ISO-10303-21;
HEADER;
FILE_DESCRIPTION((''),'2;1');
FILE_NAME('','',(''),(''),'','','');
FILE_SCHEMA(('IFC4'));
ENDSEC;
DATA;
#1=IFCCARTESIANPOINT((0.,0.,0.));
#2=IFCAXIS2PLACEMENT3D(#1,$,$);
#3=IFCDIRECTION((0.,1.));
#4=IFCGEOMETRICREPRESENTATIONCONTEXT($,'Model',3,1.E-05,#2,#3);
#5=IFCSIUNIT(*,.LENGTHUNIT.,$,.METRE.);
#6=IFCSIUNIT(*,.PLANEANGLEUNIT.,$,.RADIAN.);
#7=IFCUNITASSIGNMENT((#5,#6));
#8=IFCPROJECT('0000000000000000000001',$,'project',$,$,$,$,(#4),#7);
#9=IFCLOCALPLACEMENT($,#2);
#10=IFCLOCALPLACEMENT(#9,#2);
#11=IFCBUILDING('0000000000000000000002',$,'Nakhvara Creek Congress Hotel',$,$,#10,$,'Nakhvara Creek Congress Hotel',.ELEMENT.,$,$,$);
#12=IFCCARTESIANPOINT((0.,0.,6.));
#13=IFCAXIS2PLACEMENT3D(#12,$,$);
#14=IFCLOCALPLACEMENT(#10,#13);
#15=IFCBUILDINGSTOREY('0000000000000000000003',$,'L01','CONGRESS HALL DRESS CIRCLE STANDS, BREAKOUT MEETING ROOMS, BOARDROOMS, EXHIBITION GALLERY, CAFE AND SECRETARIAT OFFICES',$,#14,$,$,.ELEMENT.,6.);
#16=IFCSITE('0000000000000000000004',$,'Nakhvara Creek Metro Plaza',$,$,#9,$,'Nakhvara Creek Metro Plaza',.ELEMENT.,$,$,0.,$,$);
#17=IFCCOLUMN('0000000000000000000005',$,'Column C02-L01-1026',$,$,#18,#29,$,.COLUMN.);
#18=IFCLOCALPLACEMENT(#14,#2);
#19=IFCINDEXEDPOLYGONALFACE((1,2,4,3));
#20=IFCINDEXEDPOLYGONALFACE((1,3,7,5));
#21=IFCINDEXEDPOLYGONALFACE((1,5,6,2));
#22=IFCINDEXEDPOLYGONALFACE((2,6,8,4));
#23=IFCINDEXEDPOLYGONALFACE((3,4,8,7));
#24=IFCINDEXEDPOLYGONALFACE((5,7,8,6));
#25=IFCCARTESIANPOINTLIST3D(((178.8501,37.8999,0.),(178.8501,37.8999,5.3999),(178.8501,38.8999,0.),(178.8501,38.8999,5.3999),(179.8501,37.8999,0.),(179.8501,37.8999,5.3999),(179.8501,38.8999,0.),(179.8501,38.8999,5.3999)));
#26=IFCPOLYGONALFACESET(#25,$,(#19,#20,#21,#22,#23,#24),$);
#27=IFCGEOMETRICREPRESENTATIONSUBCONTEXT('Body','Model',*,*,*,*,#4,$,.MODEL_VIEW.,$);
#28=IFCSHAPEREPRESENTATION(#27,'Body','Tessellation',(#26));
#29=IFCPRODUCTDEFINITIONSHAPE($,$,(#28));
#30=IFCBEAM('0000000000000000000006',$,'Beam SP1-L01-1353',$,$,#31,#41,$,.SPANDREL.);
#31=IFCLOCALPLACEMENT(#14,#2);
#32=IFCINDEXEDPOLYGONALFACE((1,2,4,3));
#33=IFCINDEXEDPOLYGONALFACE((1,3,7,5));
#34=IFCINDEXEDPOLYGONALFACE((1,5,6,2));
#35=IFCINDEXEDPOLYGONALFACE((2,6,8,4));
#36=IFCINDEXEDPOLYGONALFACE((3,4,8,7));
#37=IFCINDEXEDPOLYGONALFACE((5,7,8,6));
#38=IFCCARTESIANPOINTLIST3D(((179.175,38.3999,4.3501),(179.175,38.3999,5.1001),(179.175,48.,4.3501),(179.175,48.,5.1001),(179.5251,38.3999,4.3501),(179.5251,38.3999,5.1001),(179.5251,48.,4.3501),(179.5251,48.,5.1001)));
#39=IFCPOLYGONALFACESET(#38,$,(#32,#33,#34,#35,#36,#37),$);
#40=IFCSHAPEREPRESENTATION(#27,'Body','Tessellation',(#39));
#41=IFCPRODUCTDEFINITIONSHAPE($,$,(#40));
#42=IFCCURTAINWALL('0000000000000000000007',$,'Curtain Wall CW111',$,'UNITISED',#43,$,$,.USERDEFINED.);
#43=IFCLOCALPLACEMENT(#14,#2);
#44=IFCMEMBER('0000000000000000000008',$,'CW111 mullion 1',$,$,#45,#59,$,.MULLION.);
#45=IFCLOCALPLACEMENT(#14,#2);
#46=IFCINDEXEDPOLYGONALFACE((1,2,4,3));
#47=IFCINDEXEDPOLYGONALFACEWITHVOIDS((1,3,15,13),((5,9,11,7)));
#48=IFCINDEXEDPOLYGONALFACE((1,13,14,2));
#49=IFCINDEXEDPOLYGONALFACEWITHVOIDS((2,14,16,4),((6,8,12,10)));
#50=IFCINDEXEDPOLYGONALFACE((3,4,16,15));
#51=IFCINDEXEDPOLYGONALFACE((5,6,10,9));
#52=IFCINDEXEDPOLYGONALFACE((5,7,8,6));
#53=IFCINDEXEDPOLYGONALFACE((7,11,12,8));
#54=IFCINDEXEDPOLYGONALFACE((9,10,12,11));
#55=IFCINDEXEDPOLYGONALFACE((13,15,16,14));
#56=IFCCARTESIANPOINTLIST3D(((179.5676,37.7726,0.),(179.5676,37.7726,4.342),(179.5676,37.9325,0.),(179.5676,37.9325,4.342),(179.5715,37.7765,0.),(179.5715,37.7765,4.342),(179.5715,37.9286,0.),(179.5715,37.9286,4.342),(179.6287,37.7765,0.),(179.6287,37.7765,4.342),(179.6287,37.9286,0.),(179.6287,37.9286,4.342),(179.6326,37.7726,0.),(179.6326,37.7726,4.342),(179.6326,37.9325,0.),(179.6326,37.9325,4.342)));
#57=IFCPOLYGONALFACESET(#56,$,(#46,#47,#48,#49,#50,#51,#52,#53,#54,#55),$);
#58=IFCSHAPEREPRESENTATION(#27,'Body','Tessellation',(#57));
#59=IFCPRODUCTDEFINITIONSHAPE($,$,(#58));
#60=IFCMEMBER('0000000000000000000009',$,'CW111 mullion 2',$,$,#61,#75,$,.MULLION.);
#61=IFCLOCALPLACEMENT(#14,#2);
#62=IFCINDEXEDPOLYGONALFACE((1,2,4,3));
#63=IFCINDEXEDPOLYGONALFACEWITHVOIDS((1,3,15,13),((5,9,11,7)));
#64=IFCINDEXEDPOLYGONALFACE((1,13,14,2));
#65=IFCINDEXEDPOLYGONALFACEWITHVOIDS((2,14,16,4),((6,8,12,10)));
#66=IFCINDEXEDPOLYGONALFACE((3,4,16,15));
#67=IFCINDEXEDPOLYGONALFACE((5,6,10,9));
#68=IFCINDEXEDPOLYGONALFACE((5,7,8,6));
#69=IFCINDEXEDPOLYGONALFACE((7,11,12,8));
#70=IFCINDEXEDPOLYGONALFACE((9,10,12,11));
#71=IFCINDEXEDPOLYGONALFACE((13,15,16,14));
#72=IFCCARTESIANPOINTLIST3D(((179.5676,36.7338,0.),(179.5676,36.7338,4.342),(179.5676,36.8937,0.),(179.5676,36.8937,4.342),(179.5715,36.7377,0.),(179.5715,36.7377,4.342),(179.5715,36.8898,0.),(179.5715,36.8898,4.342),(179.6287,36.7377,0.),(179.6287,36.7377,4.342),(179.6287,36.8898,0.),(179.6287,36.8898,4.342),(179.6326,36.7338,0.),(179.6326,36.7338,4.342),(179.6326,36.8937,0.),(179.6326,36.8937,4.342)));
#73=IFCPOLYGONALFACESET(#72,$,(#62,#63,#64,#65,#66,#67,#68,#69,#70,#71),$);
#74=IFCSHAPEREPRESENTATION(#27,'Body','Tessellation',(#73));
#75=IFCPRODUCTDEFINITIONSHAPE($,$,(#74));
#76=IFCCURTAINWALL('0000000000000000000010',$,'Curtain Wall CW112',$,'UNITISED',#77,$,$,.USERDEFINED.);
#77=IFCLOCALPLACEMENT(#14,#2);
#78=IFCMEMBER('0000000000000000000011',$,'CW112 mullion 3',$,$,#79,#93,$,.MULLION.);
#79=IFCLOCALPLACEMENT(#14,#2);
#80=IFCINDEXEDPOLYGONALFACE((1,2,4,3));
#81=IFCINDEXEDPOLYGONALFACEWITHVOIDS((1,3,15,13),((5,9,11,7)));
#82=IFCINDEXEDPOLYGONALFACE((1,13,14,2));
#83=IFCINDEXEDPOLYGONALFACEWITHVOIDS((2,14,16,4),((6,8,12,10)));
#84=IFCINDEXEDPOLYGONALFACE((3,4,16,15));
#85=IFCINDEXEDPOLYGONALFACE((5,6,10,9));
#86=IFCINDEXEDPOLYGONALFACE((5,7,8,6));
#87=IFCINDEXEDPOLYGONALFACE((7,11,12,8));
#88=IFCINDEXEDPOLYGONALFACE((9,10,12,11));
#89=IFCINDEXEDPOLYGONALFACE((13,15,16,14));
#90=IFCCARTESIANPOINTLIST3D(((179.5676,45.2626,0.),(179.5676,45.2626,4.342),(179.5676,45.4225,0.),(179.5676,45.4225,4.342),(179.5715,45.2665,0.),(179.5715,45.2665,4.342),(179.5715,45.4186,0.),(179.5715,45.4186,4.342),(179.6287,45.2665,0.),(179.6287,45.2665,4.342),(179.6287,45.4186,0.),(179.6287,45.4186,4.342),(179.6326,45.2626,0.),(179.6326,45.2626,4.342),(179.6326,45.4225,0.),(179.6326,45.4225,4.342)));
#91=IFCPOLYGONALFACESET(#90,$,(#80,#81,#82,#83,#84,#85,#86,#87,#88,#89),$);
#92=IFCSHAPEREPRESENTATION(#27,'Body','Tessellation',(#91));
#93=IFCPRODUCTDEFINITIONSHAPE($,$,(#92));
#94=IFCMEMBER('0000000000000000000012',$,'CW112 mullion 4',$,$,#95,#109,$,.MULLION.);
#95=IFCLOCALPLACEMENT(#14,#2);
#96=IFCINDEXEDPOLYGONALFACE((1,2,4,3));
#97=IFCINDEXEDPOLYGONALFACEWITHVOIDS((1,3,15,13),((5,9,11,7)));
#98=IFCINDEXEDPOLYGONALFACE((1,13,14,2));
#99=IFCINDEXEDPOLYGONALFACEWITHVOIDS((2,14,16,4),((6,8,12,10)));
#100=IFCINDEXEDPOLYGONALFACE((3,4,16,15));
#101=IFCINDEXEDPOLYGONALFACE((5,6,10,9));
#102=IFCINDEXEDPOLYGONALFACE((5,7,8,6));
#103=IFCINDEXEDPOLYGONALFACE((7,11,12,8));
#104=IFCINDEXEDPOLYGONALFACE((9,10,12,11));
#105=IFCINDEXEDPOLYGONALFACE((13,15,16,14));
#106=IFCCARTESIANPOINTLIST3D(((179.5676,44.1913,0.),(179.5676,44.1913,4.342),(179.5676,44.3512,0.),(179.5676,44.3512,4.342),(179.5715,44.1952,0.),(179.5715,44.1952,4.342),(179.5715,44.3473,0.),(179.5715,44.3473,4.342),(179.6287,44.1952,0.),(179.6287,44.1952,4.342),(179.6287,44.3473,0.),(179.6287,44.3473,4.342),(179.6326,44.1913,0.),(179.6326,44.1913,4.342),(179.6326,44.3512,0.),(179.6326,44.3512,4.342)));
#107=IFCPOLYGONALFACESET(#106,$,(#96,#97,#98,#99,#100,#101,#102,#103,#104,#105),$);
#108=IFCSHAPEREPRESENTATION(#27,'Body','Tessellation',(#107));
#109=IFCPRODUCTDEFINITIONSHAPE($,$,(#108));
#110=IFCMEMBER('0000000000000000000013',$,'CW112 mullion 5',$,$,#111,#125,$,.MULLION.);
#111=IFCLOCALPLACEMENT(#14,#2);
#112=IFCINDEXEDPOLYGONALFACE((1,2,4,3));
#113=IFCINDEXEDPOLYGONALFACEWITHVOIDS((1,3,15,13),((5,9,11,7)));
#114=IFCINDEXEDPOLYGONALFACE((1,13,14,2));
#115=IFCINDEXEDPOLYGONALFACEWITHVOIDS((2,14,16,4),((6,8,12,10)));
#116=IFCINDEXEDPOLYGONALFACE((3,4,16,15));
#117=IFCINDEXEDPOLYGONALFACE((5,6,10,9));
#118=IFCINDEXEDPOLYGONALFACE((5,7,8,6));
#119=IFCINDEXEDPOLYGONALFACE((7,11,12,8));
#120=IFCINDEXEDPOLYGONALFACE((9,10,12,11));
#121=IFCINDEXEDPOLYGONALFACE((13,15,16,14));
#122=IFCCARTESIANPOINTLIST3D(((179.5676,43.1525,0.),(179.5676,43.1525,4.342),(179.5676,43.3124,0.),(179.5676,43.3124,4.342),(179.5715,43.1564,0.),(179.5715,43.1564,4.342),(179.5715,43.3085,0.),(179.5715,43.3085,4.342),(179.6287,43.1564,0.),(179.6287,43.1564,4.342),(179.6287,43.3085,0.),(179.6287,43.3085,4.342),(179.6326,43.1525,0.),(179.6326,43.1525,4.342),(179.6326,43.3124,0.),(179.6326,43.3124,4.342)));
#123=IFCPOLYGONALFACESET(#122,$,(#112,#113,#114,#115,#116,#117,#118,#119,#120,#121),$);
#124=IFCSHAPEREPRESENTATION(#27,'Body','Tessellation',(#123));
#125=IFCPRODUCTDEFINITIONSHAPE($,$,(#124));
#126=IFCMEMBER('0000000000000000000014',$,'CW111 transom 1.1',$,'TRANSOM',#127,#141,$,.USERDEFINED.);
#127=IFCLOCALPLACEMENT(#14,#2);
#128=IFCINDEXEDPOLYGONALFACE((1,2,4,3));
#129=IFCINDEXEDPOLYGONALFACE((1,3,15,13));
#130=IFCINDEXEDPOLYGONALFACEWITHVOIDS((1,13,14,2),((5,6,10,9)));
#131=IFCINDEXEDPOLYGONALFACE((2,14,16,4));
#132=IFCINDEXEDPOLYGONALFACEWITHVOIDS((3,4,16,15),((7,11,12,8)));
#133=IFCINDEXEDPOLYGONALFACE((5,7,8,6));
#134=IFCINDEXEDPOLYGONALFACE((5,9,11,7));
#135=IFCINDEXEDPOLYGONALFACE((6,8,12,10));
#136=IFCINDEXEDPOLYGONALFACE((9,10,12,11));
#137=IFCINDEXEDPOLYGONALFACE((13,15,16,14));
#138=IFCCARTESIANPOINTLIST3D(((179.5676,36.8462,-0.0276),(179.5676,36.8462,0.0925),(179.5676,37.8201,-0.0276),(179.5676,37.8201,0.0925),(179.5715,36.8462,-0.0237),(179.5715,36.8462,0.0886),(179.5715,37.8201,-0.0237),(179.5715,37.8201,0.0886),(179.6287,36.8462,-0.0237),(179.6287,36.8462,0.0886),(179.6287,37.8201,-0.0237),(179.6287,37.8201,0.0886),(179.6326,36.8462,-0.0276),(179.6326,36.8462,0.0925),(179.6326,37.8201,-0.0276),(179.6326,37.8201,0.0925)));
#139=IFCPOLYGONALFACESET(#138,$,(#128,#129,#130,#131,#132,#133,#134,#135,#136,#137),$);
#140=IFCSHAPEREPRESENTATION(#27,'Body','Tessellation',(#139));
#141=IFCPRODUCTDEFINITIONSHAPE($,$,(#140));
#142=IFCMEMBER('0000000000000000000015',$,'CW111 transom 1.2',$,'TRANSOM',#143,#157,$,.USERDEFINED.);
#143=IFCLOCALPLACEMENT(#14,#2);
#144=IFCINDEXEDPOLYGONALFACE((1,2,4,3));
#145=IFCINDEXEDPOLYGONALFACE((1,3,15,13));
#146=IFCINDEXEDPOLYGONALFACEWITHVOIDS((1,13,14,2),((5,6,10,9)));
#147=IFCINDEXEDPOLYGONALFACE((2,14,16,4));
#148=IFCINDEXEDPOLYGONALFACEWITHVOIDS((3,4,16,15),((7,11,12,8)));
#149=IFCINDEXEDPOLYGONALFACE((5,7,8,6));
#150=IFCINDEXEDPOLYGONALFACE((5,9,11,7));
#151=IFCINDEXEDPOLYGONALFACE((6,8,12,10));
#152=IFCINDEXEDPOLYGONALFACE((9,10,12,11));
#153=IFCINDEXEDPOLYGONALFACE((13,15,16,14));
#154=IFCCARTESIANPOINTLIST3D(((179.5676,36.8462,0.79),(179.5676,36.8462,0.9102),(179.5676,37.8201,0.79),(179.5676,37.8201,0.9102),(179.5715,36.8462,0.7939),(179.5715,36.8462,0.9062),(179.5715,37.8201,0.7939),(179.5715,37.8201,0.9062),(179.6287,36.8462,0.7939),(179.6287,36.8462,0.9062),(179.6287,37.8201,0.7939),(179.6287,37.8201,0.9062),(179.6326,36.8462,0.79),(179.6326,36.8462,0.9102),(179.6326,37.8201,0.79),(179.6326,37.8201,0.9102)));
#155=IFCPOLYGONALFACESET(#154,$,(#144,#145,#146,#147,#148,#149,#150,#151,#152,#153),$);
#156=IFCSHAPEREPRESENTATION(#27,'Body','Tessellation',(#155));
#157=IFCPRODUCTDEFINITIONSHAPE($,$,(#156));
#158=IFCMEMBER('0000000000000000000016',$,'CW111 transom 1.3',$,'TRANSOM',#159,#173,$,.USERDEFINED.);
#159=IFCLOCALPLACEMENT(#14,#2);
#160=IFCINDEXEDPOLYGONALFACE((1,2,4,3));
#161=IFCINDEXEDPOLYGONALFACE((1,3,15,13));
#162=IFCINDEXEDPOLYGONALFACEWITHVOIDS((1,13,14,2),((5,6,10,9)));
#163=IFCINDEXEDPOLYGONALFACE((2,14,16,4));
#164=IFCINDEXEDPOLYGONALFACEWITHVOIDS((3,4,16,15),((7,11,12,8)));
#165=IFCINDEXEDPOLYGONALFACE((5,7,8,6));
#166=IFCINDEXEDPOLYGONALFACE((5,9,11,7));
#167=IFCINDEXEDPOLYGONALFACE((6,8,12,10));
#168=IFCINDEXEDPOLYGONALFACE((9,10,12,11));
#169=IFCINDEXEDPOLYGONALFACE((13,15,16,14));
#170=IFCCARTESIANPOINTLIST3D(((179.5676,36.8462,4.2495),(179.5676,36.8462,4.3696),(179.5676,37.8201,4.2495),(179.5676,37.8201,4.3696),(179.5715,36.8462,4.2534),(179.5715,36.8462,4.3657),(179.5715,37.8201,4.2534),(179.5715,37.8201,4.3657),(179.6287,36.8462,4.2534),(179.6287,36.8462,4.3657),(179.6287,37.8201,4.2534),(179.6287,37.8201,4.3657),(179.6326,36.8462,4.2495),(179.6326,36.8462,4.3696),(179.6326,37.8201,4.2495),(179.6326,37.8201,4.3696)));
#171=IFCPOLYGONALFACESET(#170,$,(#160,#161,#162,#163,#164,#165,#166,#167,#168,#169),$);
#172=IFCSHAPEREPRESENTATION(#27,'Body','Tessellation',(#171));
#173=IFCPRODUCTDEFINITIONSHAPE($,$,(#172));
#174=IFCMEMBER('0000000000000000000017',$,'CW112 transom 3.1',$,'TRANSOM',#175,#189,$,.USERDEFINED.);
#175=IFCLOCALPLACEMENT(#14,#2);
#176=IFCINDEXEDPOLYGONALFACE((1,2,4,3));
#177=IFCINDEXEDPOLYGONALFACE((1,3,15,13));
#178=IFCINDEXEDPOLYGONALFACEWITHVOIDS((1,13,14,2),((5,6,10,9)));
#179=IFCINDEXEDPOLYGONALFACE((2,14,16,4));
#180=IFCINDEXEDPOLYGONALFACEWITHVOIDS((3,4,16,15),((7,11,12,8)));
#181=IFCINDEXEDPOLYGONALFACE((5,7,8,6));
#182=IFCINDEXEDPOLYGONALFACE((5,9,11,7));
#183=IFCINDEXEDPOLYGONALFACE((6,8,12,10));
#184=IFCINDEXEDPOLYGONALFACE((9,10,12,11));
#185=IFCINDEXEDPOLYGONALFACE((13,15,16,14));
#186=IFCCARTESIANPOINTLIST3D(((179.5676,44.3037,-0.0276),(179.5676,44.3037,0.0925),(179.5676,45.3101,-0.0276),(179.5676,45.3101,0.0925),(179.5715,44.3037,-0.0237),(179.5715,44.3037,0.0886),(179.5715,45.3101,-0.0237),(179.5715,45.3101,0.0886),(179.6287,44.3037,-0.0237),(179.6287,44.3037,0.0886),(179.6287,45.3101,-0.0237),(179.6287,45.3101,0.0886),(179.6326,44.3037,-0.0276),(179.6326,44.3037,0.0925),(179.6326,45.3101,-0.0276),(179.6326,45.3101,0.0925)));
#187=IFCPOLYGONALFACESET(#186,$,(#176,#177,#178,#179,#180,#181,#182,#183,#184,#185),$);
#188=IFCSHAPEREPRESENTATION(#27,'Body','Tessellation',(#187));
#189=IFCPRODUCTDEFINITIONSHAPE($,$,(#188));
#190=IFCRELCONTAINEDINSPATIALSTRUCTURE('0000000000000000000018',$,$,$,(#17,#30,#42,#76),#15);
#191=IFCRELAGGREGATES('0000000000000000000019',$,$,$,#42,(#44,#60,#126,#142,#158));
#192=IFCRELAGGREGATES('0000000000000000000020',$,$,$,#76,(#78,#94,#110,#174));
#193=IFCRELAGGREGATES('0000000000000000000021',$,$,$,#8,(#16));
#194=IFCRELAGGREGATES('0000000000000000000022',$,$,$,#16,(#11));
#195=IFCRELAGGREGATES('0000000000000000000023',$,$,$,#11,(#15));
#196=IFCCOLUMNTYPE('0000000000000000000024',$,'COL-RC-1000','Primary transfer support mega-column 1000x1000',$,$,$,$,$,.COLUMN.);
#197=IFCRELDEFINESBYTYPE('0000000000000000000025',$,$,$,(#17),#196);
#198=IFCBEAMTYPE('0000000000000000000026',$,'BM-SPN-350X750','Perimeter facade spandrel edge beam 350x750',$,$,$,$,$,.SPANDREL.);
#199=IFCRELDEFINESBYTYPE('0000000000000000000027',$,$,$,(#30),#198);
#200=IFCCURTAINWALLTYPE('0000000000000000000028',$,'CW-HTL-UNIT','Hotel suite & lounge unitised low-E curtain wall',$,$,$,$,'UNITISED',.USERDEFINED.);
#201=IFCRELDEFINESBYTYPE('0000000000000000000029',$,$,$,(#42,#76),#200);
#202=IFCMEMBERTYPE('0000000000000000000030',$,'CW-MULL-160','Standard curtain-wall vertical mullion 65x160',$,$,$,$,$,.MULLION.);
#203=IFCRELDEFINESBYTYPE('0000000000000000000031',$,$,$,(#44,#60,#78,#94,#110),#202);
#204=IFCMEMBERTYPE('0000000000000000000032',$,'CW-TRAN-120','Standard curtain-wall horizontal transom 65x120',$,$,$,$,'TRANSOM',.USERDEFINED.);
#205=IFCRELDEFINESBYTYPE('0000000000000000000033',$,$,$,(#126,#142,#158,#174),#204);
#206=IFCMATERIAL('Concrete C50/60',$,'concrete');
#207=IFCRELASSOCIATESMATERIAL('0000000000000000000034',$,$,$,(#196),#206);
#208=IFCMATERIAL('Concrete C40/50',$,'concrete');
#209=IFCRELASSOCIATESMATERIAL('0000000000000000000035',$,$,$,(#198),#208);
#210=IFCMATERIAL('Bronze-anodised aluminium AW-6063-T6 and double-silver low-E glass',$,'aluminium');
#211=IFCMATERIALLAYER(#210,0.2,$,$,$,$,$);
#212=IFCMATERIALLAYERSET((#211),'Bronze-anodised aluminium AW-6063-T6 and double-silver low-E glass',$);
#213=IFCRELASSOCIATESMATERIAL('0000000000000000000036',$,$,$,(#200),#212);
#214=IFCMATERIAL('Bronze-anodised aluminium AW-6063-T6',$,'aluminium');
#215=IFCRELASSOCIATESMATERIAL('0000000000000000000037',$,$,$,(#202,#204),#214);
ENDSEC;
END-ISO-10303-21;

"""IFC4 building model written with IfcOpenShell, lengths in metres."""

from ifc_helpers import new_model, si_unit, direction, frame, origin, origin_2d, place, context, subcontext, project, spatial, rectangle, hollow_rectangle, extrude, material, layer, layer_set, material_profile, profile_set, type_object, element, aggregate, save


model = new_model("IFC4")

# Units and contexts
model_context = context("Model", 3, precision=1e-05, world=origin(), true_north=direction((0.0, 1.0)))
body_context = subcontext(model_context, "Body", "Model", "MODEL_VIEW")
ifc_project = project(units=[si_unit("LENGTHUNIT", "METRE"), si_unit("PLANEANGLEUNIT", "RADIAN")], contexts=[model_context])

# Site, building, storey
site_placement = place(None, origin())
site = spatial("IfcSite", under=ifc_project, at=site_placement, Name="Nakhvara Creek Metro Plaza", LongName="Nakhvara Creek Metro Plaza", CompositionType="ELEMENT", RefElevation=0.0)
building_placement = place(site_placement, origin())
building = spatial("IfcBuilding", under=site, at=building_placement, Name="Nakhvara Creek Congress Hotel", LongName="Nakhvara Creek Congress Hotel", CompositionType="ELEMENT")
storey_placement = place(building_placement, frame((0.0, 0.0, 6.0)))
storey = spatial("IfcBuildingStorey", under=building, at=storey_placement, Name="L01", Description="CONGRESS HALL DRESS CIRCLE STANDS, BREAKOUT MEETING ROOMS, BOARDROOMS, EXHIBITION GALLERY, CAFE AND SECRETARIAT OFFICES", CompositionType="ELEMENT", Elevation=6.0)

# Column
ifc_material_1 = material(Name="Concrete C50/60", Category="concrete")
ifc_material_profile_1 = material_profile(ifc_material_1, rectangle(XDim=1.0, YDim=1.0, at=origin_2d()), Name="RC-COL 1000x1000", Category="LoadBearing")
ifc_profile_set_1 = profile_set([ifc_material_profile_1], Name="Concrete C50/60")
column_type = type_object("IfcColumnType", Name="COL-RC-1000", Description="Primary transfer support mega-column 1000x1000", PredefinedType="COLUMN", material=ifc_profile_set_1)
column_placement = place(storey_placement, frame((179.3501, 38.3999, 0.0), z_axis=(0.0, 0.0, 1.0), x_axis=(1.0, 0.0, 0.0)))
element("IfcColumn", 1, at=column_placement, inside=storey, type_object=column_type, Name="Column C02-L01-1026", PredefinedType="COLUMN", context=body_context, shape_type="SweptSolid", body=[
    extrude(rectangle(XDim=1.0, YDim=1.0, at=origin_2d()), origin(), (0.0, 0.0, 1.0), 5.3999),
])

# Beam
ifc_material_2 = material(Name="Concrete C40/50", Category="concrete")
ifc_material_profile_2 = material_profile(ifc_material_2, rectangle(XDim=0.3501, YDim=0.75, at=origin_2d()), Name="RC-SPANDREL 350x750", Category="LoadBearing")
ifc_profile_set_2 = profile_set([ifc_material_profile_2], Name="Concrete C40/50")
beam_type = type_object("IfcBeamType", Name="BM-SPN-350X750", Description="Perimeter facade spandrel edge beam 350x750", PredefinedType="SPANDREL", material=ifc_profile_set_2)
beam_placement = place(storey_placement, frame((179.3501, 38.3999, 4.7251), z_axis=(0.0, 1.0, 0.0), x_axis=(-1.0, 0.0, 0.0)))
element("IfcBeam", 2, at=beam_placement, inside=storey, type_object=beam_type, Name="Beam SP1-L01-1353", PredefinedType="SPANDREL", context=body_context, shape_type="SweptSolid", body=[
    extrude(rectangle(XDim=0.3501, YDim=0.75, at=origin_2d()), origin(), (0.0, 0.0, 1.0), 9.6001),
])

# Curtain walls, members
ifc_material_3 = material(Name="Bronze-anodised aluminium AW-6063-T6 and double-silver low-E glass", Category="aluminium")
ifc_layer_1 = layer(ifc_material_3, 0.2)
ifc_layer_set_1 = layer_set([ifc_layer_1], Name="Bronze-anodised aluminium AW-6063-T6 and double-silver low-E glass")
curtain_wall_type = type_object("IfcCurtainWallType", Name="CW-HTL-UNIT", Description="Hotel suite & lounge unitised low-E curtain wall", ElementType="UNITISED", PredefinedType="USERDEFINED", material=ifc_layer_set_1)
curtain_wall_1_placement = place(storey_placement, origin())
curtain_wall_1 = element("IfcCurtainWall", 3, at=curtain_wall_1_placement, inside=storey, type_object=curtain_wall_type, Name="Curtain Wall CW111", ObjectType="UNITISED", PredefinedType="USERDEFINED")
ifc_material_4 = material(Name="Bronze-anodised aluminium AW-6063-T6", Category="aluminium")
ifc_material_profile_3 = material_profile(ifc_material_4, hollow_rectangle(XDim=0.0649, YDim=0.1599, WallThickness=0.0039, at=origin_2d()), Name="ALU-MULL 65x160x4", Category="LoadBearing")
ifc_profile_set_3 = profile_set([ifc_material_profile_3], Name="Bronze-anodised aluminium AW-6063-T6")
member_type_1 = type_object("IfcMemberType", Name="CW-MULL-160", Description="Standard curtain-wall vertical mullion 65x160", PredefinedType="MULLION", material=ifc_profile_set_3)
member_1_placement = place(storey_placement, frame((179.6001, 37.8525, 0.0), z_axis=(0.0, 0.0, 1.0), x_axis=(1.0, 0.0, 0.0)))
member_1 = element("IfcMember", 4, at=member_1_placement, type_object=member_type_1, Name="CW111 mullion 1", PredefinedType="MULLION", context=body_context, shape_type="SweptSolid", body=[
    extrude(hollow_rectangle(XDim=0.0649, YDim=0.1599, WallThickness=0.0039, at=origin_2d()), origin(), (0.0, 0.0, 1.0), 4.342),
])
member_2_placement = place(storey_placement, frame((179.6001, 36.8137, 0.0), z_axis=(0.0, 0.0, 1.0), x_axis=(1.0, 0.0, 0.0)))
member_2 = element("IfcMember", 5, at=member_2_placement, type_object=member_type_1, Name="CW111 mullion 2", PredefinedType="MULLION", context=body_context, shape_type="SweptSolid", body=[
    extrude(hollow_rectangle(XDim=0.0649, YDim=0.1599, WallThickness=0.0039, at=origin_2d()), origin(), (0.0, 0.0, 1.0), 4.342),
])
curtain_wall_2_placement = place(storey_placement, origin())
curtain_wall_2 = element("IfcCurtainWall", 6, at=curtain_wall_2_placement, inside=storey, type_object=curtain_wall_type, Name="Curtain Wall CW112", ObjectType="UNITISED", PredefinedType="USERDEFINED")
member_3_placement = place(storey_placement, frame((179.6001, 45.3425, 0.0), z_axis=(0.0, 0.0, 1.0), x_axis=(1.0, 0.0, 0.0)))
member_3 = element("IfcMember", 7, at=member_3_placement, type_object=member_type_1, Name="CW112 mullion 3", PredefinedType="MULLION", context=body_context, shape_type="SweptSolid", body=[
    extrude(hollow_rectangle(XDim=0.0649, YDim=0.1599, WallThickness=0.0039, at=origin_2d()), origin(), (0.0, 0.0, 1.0), 4.342),
])
member_4_placement = place(storey_placement, frame((179.6001, 44.2712, 0.0), z_axis=(0.0, 0.0, 1.0), x_axis=(1.0, 0.0, 0.0)))
member_4 = element("IfcMember", 8, at=member_4_placement, type_object=member_type_1, Name="CW112 mullion 4", PredefinedType="MULLION", context=body_context, shape_type="SweptSolid", body=[
    extrude(hollow_rectangle(XDim=0.0649, YDim=0.1599, WallThickness=0.0039, at=origin_2d()), origin(), (0.0, 0.0, 1.0), 4.342),
])
member_5_placement = place(storey_placement, frame((179.6001, 43.2324, 0.0), z_axis=(0.0, 0.0, 1.0), x_axis=(1.0, 0.0, 0.0)))
member_5 = element("IfcMember", 9, at=member_5_placement, type_object=member_type_1, Name="CW112 mullion 5", PredefinedType="MULLION", context=body_context, shape_type="SweptSolid", body=[
    extrude(hollow_rectangle(XDim=0.0649, YDim=0.1599, WallThickness=0.0039, at=origin_2d()), origin(), (0.0, 0.0, 1.0), 4.342),
])

# Members
ifc_material_profile_4 = material_profile(ifc_material_4, hollow_rectangle(XDim=0.0649, YDim=0.1201, WallThickness=0.0039, at=origin_2d()), Name="ALU-TRAN 65x120x4", Category="LoadBearing")
ifc_profile_set_4 = profile_set([ifc_material_profile_4], Name="Bronze-anodised aluminium AW-6063-T6")
member_type_2 = type_object("IfcMemberType", Name="CW-TRAN-120", Description="Standard curtain-wall horizontal transom 65x120", ElementType="TRANSOM", PredefinedType="USERDEFINED", material=ifc_profile_set_4)
member_6_placement = place(storey_placement, frame((179.6001, 37.8201, 0.0325), z_axis=(0.0, -1.0, 0.0), x_axis=(1.0, 0.0, 0.0)))
member_6 = element("IfcMember", 10, at=member_6_placement, type_object=member_type_2, Name="CW111 transom 1.1", ObjectType="TRANSOM", PredefinedType="USERDEFINED", context=body_context, shape_type="SweptSolid", body=[
    extrude(hollow_rectangle(XDim=0.0649, YDim=0.1201, WallThickness=0.0039, at=origin_2d()), origin(), (0.0, 0.0, 1.0), 0.9739),
])
member_7_placement = place(storey_placement, frame((179.6001, 37.8201, 0.8501), z_axis=(0.0, -1.0, 0.0), x_axis=(1.0, 0.0, 0.0)))
member_7 = element("IfcMember", 11, at=member_7_placement, type_object=member_type_2, Name="CW111 transom 1.2", ObjectType="TRANSOM", PredefinedType="USERDEFINED", context=body_context, shape_type="SweptSolid", body=[
    extrude(hollow_rectangle(XDim=0.0649, YDim=0.1201, WallThickness=0.0039, at=origin_2d()), origin(), (0.0, 0.0, 1.0), 0.9739),
])
member_8_placement = place(storey_placement, frame((179.6001, 37.8201, 4.3096), z_axis=(0.0, -1.0, 0.0), x_axis=(1.0, 0.0, 0.0)))
member_8 = element("IfcMember", 12, at=member_8_placement, type_object=member_type_2, Name="CW111 transom 1.3", ObjectType="TRANSOM", PredefinedType="USERDEFINED", context=body_context, shape_type="SweptSolid", body=[
    extrude(hollow_rectangle(XDim=0.0649, YDim=0.1201, WallThickness=0.0039, at=origin_2d()), origin(), (0.0, 0.0, 1.0), 0.9739),
])
member_9_placement = place(storey_placement, frame((179.6001, 45.3101, 0.0325), z_axis=(0.0, -1.0, 0.0), x_axis=(1.0, 0.0, 0.0)))
member_9 = element("IfcMember", 13, at=member_9_placement, type_object=member_type_2, Name="CW112 transom 3.1", ObjectType="TRANSOM", PredefinedType="USERDEFINED", context=body_context, shape_type="SweptSolid", body=[
    extrude(hollow_rectangle(XDim=0.0649, YDim=0.1201, WallThickness=0.0039, at=origin_2d()), origin(), (0.0, 0.0, 1.0), 1.0063),
])

aggregate(curtain_wall_1, [member_1, member_2, member_6, member_7, member_8])
aggregate(curtain_wall_2, [member_3, member_4, member_5, member_9])

save(model, "model.ifc")
